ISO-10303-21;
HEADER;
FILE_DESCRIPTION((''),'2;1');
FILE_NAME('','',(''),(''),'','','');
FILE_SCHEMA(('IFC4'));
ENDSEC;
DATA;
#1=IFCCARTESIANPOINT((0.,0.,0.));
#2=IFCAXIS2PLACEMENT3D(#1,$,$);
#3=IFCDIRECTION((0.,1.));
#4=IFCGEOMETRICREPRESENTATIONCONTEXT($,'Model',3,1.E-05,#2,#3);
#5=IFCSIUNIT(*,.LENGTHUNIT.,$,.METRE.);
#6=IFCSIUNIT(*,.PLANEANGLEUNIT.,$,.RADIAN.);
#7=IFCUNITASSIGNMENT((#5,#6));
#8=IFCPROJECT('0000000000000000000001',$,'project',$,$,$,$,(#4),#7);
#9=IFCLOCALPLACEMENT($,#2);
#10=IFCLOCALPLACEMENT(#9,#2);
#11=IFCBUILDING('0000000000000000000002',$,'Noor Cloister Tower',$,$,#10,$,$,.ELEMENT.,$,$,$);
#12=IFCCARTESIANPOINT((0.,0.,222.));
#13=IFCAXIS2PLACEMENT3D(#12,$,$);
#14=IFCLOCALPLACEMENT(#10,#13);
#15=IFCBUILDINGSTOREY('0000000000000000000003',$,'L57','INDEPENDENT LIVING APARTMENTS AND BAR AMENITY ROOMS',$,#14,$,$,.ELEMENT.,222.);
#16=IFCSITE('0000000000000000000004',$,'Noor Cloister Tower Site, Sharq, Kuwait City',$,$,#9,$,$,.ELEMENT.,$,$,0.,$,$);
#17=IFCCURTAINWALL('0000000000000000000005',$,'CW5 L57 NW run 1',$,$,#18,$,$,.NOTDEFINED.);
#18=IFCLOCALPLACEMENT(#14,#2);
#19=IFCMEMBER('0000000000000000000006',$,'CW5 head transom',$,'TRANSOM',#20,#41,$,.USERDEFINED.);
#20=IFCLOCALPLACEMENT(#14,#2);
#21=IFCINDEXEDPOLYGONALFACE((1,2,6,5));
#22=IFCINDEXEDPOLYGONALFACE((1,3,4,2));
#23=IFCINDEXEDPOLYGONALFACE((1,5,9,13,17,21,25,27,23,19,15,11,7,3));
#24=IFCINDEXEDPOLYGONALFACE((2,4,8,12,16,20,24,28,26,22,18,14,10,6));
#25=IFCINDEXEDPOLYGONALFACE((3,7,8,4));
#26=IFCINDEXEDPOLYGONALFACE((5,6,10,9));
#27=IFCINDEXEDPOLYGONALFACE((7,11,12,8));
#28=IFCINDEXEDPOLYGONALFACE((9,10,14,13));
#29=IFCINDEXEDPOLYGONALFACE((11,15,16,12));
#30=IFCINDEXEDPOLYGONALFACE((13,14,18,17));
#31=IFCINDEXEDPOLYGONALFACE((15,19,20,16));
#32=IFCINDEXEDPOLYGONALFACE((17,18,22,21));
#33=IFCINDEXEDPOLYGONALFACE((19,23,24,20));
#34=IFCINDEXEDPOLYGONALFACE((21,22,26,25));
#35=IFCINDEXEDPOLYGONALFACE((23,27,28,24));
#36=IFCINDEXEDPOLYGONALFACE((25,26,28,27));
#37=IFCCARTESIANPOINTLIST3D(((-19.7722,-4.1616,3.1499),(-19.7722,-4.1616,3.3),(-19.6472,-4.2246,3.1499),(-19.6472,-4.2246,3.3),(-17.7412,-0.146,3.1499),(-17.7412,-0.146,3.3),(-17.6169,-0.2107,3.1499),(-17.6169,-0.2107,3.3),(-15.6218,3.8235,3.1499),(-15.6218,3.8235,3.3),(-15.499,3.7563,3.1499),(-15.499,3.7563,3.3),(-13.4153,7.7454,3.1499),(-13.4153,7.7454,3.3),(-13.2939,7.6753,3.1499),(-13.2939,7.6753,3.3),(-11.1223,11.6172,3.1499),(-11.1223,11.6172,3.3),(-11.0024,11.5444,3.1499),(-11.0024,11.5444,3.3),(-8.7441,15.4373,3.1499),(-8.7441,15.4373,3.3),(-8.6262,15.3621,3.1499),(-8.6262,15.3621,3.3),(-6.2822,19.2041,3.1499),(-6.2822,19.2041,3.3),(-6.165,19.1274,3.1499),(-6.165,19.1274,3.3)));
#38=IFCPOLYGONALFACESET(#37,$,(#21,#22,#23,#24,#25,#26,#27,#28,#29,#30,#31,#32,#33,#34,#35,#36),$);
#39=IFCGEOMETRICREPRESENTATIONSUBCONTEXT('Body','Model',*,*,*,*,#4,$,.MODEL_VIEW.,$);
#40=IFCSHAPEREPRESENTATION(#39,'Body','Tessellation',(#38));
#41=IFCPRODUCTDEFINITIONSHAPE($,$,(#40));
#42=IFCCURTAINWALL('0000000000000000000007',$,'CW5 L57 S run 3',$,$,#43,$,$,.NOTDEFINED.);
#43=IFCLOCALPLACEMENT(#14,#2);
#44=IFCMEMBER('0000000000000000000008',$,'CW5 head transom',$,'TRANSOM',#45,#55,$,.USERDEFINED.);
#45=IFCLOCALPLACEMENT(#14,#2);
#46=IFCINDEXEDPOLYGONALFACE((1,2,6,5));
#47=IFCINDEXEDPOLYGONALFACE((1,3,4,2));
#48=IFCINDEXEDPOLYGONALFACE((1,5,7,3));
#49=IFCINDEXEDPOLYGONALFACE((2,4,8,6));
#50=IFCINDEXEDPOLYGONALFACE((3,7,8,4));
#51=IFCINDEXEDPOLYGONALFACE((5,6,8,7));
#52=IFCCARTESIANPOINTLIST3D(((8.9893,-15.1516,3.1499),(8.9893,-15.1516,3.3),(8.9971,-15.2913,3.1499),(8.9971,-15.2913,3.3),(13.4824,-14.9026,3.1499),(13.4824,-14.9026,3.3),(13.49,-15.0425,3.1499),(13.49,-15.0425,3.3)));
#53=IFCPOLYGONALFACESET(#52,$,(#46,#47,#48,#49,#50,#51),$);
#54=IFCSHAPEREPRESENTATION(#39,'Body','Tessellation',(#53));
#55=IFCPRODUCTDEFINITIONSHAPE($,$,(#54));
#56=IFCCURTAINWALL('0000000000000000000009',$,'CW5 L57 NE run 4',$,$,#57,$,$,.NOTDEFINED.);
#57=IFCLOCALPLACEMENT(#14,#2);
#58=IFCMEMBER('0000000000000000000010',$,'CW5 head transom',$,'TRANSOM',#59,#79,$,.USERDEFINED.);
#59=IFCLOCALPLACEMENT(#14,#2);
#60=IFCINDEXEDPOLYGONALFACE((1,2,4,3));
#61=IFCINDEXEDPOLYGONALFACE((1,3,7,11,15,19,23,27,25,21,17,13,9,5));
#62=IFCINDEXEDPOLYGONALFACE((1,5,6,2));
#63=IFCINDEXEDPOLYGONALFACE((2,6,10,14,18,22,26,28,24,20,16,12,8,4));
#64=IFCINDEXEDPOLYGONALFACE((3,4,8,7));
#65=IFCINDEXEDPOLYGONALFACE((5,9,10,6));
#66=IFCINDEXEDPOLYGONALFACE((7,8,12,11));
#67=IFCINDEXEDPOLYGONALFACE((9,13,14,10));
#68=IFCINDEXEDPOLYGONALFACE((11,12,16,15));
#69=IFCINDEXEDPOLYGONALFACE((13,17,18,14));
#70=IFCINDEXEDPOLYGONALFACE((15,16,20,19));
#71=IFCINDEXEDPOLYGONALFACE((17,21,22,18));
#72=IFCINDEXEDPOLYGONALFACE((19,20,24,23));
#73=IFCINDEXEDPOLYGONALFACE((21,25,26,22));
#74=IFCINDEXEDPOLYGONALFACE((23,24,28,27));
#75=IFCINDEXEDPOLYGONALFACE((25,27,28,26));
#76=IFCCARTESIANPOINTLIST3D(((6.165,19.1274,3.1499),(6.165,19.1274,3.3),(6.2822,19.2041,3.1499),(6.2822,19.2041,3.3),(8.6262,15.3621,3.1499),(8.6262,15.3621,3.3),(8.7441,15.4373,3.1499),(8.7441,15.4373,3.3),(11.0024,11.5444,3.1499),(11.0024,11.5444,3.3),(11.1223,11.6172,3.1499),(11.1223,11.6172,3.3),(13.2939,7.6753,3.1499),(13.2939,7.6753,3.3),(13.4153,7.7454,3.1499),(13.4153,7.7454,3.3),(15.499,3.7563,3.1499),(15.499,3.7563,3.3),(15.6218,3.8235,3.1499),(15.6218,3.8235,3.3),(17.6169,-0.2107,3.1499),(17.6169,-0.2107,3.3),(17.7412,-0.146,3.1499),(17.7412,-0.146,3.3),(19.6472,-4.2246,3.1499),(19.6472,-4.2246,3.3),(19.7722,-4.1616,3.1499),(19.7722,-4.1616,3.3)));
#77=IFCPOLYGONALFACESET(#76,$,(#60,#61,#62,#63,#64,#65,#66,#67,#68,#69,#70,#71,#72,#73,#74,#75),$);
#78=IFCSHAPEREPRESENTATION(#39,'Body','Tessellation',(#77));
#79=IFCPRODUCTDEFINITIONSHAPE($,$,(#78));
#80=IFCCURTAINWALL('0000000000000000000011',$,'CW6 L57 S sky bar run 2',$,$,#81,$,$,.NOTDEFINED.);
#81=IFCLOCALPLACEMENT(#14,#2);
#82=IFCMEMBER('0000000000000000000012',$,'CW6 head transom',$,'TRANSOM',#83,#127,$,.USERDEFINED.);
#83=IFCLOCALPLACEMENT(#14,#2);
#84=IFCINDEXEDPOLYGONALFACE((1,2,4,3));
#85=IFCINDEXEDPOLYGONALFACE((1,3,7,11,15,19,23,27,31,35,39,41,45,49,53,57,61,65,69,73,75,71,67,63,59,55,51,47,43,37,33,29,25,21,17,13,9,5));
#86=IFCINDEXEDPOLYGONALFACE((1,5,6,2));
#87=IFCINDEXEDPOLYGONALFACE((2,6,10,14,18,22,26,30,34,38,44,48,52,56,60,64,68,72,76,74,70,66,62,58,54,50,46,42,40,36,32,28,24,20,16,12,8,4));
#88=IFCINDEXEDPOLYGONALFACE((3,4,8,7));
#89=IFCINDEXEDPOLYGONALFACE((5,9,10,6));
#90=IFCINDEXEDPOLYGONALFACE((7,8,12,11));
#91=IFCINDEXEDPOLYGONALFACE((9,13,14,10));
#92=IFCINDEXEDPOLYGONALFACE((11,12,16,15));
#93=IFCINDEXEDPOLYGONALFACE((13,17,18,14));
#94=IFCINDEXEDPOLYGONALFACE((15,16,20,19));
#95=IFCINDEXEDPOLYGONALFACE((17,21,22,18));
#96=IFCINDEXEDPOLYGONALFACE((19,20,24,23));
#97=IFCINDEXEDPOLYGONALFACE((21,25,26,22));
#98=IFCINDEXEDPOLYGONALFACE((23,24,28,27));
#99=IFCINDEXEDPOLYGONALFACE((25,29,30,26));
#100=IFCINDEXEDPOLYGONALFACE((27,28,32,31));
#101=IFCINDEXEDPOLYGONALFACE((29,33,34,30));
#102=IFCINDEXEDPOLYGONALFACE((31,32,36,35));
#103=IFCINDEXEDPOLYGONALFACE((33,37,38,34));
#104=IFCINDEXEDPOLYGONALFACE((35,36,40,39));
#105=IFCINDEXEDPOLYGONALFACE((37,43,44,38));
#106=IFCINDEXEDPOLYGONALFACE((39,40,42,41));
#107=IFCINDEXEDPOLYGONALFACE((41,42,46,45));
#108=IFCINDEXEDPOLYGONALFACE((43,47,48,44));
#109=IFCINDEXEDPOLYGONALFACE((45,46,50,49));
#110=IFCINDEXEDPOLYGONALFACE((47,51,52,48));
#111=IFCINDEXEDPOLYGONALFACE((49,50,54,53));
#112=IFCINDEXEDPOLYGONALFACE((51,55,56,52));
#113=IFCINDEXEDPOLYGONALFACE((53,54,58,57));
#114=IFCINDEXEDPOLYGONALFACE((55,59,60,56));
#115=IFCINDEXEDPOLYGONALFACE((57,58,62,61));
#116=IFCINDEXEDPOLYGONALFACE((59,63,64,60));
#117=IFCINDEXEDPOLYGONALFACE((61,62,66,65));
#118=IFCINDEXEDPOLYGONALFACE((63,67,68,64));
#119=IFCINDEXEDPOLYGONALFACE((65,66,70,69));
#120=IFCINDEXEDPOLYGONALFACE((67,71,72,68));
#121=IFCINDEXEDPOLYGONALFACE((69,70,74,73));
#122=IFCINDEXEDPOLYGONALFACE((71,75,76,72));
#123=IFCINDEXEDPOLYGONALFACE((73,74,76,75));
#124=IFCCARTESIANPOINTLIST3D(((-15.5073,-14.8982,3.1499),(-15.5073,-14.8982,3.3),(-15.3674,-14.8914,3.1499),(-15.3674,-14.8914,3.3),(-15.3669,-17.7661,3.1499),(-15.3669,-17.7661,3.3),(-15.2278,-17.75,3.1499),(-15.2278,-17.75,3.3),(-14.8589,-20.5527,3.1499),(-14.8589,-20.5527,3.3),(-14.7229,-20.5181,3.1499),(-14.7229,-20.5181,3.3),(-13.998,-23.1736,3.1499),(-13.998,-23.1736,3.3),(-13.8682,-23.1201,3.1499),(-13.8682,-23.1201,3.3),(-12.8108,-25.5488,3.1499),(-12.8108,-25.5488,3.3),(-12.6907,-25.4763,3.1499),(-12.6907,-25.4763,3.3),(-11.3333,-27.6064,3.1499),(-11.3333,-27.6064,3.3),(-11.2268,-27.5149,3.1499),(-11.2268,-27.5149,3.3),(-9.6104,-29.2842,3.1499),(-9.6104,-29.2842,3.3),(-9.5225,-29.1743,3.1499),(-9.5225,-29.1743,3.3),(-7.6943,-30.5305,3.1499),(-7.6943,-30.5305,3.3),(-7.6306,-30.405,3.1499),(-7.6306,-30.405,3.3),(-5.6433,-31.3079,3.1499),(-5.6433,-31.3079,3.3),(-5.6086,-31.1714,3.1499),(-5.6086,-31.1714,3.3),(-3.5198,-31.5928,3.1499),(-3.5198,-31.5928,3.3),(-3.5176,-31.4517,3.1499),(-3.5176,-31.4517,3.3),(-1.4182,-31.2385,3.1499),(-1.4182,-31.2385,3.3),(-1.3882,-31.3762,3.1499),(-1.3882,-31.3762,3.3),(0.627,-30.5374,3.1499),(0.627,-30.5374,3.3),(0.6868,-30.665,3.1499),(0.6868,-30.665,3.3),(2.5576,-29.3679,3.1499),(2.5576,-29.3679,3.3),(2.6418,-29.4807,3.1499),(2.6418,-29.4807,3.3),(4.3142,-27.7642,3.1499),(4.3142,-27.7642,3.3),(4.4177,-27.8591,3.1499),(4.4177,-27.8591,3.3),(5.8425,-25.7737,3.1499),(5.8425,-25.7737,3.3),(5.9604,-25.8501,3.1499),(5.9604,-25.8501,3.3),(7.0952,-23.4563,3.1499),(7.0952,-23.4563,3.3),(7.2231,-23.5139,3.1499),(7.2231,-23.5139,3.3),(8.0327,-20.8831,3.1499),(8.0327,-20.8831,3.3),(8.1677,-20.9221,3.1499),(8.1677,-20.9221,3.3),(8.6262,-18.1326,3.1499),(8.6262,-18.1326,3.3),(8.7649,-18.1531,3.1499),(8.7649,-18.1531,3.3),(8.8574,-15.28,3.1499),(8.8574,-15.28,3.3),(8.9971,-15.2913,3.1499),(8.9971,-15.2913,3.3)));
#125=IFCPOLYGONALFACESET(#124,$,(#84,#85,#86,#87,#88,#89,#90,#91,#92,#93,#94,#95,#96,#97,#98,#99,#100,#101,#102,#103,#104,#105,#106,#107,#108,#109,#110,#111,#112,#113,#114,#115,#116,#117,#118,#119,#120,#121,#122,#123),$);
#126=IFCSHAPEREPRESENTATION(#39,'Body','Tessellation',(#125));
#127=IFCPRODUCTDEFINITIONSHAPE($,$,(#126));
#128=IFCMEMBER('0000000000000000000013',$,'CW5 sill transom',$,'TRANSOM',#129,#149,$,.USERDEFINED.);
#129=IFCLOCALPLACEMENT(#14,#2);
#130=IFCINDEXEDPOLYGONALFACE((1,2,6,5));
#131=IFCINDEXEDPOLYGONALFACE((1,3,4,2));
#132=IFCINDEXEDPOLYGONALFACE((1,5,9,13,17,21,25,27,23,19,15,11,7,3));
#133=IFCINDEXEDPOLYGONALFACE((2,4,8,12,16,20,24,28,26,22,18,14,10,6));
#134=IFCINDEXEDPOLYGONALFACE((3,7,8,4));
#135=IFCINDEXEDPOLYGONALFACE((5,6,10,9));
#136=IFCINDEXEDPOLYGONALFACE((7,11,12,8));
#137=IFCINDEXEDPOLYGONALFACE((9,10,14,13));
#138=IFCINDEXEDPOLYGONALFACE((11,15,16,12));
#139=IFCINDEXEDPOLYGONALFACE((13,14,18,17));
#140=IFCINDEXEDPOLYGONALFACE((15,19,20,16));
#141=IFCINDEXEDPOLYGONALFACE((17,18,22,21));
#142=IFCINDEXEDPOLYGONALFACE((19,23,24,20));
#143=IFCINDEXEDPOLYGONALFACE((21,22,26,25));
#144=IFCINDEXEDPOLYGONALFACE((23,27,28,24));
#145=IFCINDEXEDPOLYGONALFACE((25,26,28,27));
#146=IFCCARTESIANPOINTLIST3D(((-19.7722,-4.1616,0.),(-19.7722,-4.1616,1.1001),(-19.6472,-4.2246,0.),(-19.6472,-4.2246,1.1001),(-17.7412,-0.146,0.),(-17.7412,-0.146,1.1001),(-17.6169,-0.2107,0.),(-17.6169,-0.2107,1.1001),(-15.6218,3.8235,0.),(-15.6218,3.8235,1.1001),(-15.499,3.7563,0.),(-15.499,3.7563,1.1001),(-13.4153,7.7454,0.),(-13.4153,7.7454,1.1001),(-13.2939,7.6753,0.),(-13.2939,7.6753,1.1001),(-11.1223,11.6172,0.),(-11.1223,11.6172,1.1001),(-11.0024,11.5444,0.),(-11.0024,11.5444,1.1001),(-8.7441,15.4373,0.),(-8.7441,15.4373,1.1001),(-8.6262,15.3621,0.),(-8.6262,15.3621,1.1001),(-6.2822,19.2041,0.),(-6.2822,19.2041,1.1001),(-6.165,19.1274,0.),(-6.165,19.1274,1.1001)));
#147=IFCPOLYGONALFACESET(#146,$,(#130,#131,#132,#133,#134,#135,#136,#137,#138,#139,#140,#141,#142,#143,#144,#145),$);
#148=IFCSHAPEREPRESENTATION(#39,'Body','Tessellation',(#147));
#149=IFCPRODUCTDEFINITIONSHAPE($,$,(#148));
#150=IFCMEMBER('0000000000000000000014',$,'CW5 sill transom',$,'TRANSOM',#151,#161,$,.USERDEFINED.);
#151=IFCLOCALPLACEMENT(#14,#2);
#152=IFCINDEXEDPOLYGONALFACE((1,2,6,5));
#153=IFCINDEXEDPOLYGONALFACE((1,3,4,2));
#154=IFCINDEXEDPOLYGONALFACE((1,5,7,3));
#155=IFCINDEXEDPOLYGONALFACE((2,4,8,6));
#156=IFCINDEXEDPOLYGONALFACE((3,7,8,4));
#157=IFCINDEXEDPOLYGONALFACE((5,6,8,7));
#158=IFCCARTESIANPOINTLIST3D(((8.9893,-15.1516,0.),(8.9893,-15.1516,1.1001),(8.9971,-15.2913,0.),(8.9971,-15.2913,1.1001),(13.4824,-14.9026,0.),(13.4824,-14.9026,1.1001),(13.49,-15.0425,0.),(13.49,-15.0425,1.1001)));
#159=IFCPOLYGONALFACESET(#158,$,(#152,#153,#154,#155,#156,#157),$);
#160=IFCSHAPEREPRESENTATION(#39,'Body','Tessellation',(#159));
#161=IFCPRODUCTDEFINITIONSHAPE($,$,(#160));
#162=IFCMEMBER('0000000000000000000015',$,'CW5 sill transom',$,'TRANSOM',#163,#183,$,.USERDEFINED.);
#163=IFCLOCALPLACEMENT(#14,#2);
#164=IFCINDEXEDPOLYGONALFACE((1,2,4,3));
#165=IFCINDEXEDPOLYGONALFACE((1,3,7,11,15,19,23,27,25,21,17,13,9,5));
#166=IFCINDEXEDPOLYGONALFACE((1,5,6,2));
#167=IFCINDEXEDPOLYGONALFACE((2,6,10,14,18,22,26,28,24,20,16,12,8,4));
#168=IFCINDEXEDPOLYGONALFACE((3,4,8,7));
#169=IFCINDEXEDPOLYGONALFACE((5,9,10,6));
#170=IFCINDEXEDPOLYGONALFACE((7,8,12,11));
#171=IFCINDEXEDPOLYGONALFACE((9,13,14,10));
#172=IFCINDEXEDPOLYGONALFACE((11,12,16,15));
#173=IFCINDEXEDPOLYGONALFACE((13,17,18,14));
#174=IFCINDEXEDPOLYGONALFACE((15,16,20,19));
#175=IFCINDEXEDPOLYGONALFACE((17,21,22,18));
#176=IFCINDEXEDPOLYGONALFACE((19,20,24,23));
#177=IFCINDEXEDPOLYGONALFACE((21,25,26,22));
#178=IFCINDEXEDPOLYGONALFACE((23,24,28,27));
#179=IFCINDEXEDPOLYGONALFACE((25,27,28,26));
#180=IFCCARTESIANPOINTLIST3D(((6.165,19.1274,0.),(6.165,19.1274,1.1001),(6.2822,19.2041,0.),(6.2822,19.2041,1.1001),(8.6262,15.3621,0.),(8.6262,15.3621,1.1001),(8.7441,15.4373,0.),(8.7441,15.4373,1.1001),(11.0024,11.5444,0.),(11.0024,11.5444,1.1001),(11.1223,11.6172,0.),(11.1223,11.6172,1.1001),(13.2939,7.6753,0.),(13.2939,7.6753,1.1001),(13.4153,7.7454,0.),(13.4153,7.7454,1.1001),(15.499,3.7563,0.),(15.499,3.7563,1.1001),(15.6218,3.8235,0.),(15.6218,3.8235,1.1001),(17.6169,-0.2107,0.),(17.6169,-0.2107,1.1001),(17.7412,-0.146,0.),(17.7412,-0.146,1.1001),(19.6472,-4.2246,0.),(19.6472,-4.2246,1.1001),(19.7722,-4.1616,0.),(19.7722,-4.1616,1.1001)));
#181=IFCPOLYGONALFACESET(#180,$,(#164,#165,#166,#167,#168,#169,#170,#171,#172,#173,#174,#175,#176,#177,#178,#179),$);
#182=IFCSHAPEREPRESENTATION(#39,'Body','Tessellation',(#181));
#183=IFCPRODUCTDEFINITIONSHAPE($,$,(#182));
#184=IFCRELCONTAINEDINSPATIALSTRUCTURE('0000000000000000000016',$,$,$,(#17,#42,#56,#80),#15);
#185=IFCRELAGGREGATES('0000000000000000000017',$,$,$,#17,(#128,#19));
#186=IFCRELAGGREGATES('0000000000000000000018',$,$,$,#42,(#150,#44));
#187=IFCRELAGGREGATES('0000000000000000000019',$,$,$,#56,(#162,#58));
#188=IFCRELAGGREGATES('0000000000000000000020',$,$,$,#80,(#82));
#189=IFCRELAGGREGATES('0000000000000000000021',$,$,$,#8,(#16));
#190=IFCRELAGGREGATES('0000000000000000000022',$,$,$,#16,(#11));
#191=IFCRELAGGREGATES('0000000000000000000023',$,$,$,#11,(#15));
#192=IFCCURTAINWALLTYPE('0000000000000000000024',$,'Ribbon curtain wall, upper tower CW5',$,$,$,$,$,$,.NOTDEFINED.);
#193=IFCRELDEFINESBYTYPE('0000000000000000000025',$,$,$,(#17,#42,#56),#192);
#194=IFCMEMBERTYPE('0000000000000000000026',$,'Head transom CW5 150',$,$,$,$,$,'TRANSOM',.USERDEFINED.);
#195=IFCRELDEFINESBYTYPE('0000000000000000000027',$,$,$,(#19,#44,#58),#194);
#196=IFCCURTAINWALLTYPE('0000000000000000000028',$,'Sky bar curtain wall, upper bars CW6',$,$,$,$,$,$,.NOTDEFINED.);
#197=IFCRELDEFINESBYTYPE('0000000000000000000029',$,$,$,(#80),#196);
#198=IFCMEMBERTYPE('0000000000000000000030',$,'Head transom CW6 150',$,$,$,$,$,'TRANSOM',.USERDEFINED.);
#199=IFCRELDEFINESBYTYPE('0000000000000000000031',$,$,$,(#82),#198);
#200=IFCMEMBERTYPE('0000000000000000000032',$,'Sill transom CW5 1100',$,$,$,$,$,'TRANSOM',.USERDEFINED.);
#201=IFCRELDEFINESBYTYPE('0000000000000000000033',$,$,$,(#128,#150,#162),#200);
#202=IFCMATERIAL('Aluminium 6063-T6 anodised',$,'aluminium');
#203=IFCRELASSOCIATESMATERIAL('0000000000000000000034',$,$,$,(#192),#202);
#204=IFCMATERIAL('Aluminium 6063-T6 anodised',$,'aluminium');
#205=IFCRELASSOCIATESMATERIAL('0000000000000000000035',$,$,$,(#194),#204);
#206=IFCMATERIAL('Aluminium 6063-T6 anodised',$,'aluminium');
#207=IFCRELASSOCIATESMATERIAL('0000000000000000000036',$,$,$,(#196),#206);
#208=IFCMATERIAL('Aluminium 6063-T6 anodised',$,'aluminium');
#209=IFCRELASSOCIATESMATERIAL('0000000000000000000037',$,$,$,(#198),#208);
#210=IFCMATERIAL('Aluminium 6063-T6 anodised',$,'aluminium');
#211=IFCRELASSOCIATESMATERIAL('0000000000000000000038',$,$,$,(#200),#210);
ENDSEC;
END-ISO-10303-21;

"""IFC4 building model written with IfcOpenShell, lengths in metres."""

from ifc_helpers import new_model, si_unit, direction, frame, origin, place, context, subcontext, project, spatial, polyline, outline, extrude, material, type_object, element, aggregate, save


model = new_model("IFC4")

# Units and contexts
model_context = context("Model", 3, precision=1e-05, world=origin(), true_north=direction((0.0, 1.0)))
body_context = subcontext(model_context, "Body", "Model", "MODEL_VIEW")
ifc_project = project(units=[si_unit("LENGTHUNIT", "METRE"), si_unit("PLANEANGLEUNIT", "RADIAN")], contexts=[model_context])

# Site, building, storey
site_placement = place(None, origin())
site = spatial("IfcSite", under=ifc_project, at=site_placement, Name="Noor Cloister Tower Site, Sharq, Kuwait City", CompositionType="ELEMENT", RefElevation=0.0)
building_placement = place(site_placement, origin())
building = spatial("IfcBuilding", under=site, at=building_placement, Name="Noor Cloister Tower", CompositionType="ELEMENT")
storey_placement = place(building_placement, frame((0.0, 0.0, 222.0)))
storey = spatial("IfcBuildingStorey", under=building, at=storey_placement, Name="L57", Description="INDEPENDENT LIVING APARTMENTS AND BAR AMENITY ROOMS", CompositionType="ELEMENT", Elevation=222.0)

# Curtain walls, members
ifc_material_1 = material(Name="Aluminium 6063-T6 anodised", Category="aluminium")
curtain_wall_type_1 = type_object("IfcCurtainWallType", Name="Ribbon curtain wall, upper tower CW5", PredefinedType="NOTDEFINED", material=ifc_material_1)
curtain_wall_1_placement = place(storey_placement, origin())
curtain_wall_1 = element("IfcCurtainWall", 1, at=curtain_wall_1_placement, inside=storey, type_object=curtain_wall_type_1, Name="CW5 L57 NW run 1", PredefinedType="NOTDEFINED")
ifc_material_2 = material(Name="Aluminium 6063-T6 anodised", Category="aluminium")
member_type_1 = type_object("IfcMemberType", Name="Head transom CW5 150", ElementType="TRANSOM", PredefinedType="USERDEFINED", material=ifc_material_2)
member_1_placement = place(storey_placement, frame((0.0, 0.0, 3.1499)))
member_1 = element("IfcMember", 2, at=member_1_placement, type_object=member_type_1, Name="CW5 head transom", ObjectType="TRANSOM", PredefinedType="USERDEFINED", context=body_context, shape_type="SweptSolid", body=[
    extrude(outline(polyline([(-6.2822, 19.2041), (-8.7441, 15.4373), (-11.1223, 11.6172), (-13.4153, 7.7454), (-15.6218, 3.8235), (-17.7412, -0.146), (-19.7722, -4.1616), (-19.6472, -4.2246), (-17.6169, -0.2107), (-15.499, 3.7563), (-13.2939, 7.6753), (-11.0024, 11.5444), (-8.6262, 15.3621), (-6.165, 19.1274), (-6.2822, 19.2041)])), origin(), (0.0, 0.0, 1.0), 0.1501),
])
curtain_wall_2_placement = place(storey_placement, origin())
curtain_wall_2 = element("IfcCurtainWall", 3, at=curtain_wall_2_placement, inside=storey, type_object=curtain_wall_type_1, Name="CW5 L57 S run 3", PredefinedType="NOTDEFINED")
member_2_placement = place(storey_placement, frame((0.0, 0.0, 3.1499)))
member_2 = element("IfcMember", 4, at=member_2_placement, type_object=member_type_1, Name="CW5 head transom", ObjectType="TRANSOM", PredefinedType="USERDEFINED", context=body_context, shape_type="SweptSolid", body=[
    extrude(outline(polyline([(8.9971, -15.2913), (13.49, -15.0425), (13.4824, -14.9026), (8.9893, -15.1516), (8.9971, -15.2913)])), origin(), (0.0, 0.0, 1.0), 0.1501),
])
curtain_wall_3_placement = place(storey_placement, origin())
curtain_wall_3 = element("IfcCurtainWall", 5, at=curtain_wall_3_placement, inside=storey, type_object=curtain_wall_type_1, Name="CW5 L57 NE run 4", PredefinedType="NOTDEFINED")
member_3_placement = place(storey_placement, frame((0.0, 0.0, 3.1499)))
member_3 = element("IfcMember", 6, at=member_3_placement, type_object=member_type_1, Name="CW5 head transom", ObjectType="TRANSOM", PredefinedType="USERDEFINED", context=body_context, shape_type="SweptSolid", body=[
    extrude(outline(polyline([(19.7722, -4.1616), (17.7412, -0.146), (15.6218, 3.8235), (13.4153, 7.7454), (11.1223, 11.6172), (8.7441, 15.4373), (6.2822, 19.2041), (6.165, 19.1274), (8.6262, 15.3621), (11.0024, 11.5444), (13.2939, 7.6753), (15.499, 3.7563), (17.6169, -0.2107), (19.6472, -4.2246), (19.7722, -4.1616)])), origin(), (0.0, 0.0, 1.0), 0.1501),
])
ifc_material_3 = material(Name="Aluminium 6063-T6 anodised", Category="aluminium")
curtain_wall_type_2 = type_object("IfcCurtainWallType", Name="Sky bar curtain wall, upper bars CW6", PredefinedType="NOTDEFINED", material=ifc_material_3)
curtain_wall_4_placement = place(storey_placement, origin())
curtain_wall_4 = element("IfcCurtainWall", 7, at=curtain_wall_4_placement, inside=storey, type_object=curtain_wall_type_2, Name="CW6 L57 S sky bar run 2", PredefinedType="NOTDEFINED")
ifc_material_4 = material(Name="Aluminium 6063-T6 anodised", Category="aluminium")
member_type_2 = type_object("IfcMemberType", Name="Head transom CW6 150", ElementType="TRANSOM", PredefinedType="USERDEFINED", material=ifc_material_4)
member_4_placement = place(storey_placement, frame((0.0, 0.0, 3.1499)))
member_4 = element("IfcMember", 8, at=member_4_placement, type_object=member_type_2, Name="CW6 head transom", ObjectType="TRANSOM", PredefinedType="USERDEFINED", context=body_context, shape_type="SweptSolid", body=[
    extrude(outline(polyline([(-15.5073, -14.8982), (-15.3669, -17.7661), (-14.8589, -20.5527), (-13.998, -23.1736), (-12.8108, -25.5488), (-11.3333, -27.6064), (-9.6104, -29.2842), (-7.6943, -30.5305), (-5.6433, -31.3079), (-3.5198, -31.5928), (-1.3882, -31.3762), (0.6868, -30.665), (2.6418, -29.4807), (4.4177, -27.8591), (5.9604, -25.8501), (7.2231, -23.5139), (8.1677, -20.9221), (8.7649, -18.1531), (8.9971, -15.2913), (8.8574, -15.28), (8.6262, -18.1326), (8.0327, -20.8831), (7.0952, -23.4563), (5.8425, -25.7737), (4.3142, -27.7642), (2.5576, -29.3679), (0.627, -30.5374), (-1.4182, -31.2385), (-3.5176, -31.4517), (-5.6086, -31.1714), (-7.6306, -30.405), (-9.5225, -29.1743), (-11.2268, -27.5149), (-12.6907, -25.4763), (-13.8682, -23.1201), (-14.7229, -20.5181), (-15.2278, -17.75), (-15.3674, -14.8914), (-15.5073, -14.8982)])), origin(), (0.0, 0.0, 1.0), 0.1501),
])

# Members
ifc_material_5 = material(Name="Aluminium 6063-T6 anodised", Category="aluminium")
member_type_3 = type_object("IfcMemberType", Name="Sill transom CW5 1100", ElementType="TRANSOM", PredefinedType="USERDEFINED", material=ifc_material_5)
member_5_placement = place(storey_placement, origin())
member_5 = element("IfcMember", 9, at=member_5_placement, type_object=member_type_3, Name="CW5 sill transom", ObjectType="TRANSOM", PredefinedType="USERDEFINED", context=body_context, shape_type="SweptSolid", body=[
    extrude(outline(polyline([(-6.2822, 19.2041), (-8.7441, 15.4373), (-11.1223, 11.6172), (-13.4153, 7.7454), (-15.6218, 3.8235), (-17.7412, -0.146), (-19.7722, -4.1616), (-19.6472, -4.2246), (-17.6169, -0.2107), (-15.499, 3.7563), (-13.2939, 7.6753), (-11.0024, 11.5444), (-8.6262, 15.3621), (-6.165, 19.1274), (-6.2822, 19.2041)])), origin(), (0.0, 0.0, 1.0), 1.1001),
])
aggregate(curtain_wall_1, [member_5, member_1])
member_6_placement = place(storey_placement, origin())
member_6 = element("IfcMember", 10, at=member_6_placement, type_object=member_type_3, Name="CW5 sill transom", ObjectType="TRANSOM", PredefinedType="USERDEFINED", context=body_context, shape_type="SweptSolid", body=[
    extrude(outline(polyline([(8.9971, -15.2913), (13.49, -15.0425), (13.4824, -14.9026), (8.9893, -15.1516), (8.9971, -15.2913)])), origin(), (0.0, 0.0, 1.0), 1.1001),
])
aggregate(curtain_wall_2, [member_6, member_2])
member_7_placement = place(storey_placement, origin())
member_7 = element("IfcMember", 11, at=member_7_placement, type_object=member_type_3, Name="CW5 sill transom", ObjectType="TRANSOM", PredefinedType="USERDEFINED", context=body_context, shape_type="SweptSolid", body=[
    extrude(outline(polyline([(19.7722, -4.1616), (17.7412, -0.146), (15.6218, 3.8235), (13.4153, 7.7454), (11.1223, 11.6172), (8.7441, 15.4373), (6.2822, 19.2041), (6.165, 19.1274), (8.6262, 15.3621), (11.0024, 11.5444), (13.2939, 7.6753), (15.499, 3.7563), (17.6169, -0.2107), (19.6472, -4.2246), (19.7722, -4.1616)])), origin(), (0.0, 0.0, 1.0), 1.1001),
])
aggregate(curtain_wall_3, [member_7, member_3])
aggregate(curtain_wall_4, [member_4])

save(model, "model.ifc")
